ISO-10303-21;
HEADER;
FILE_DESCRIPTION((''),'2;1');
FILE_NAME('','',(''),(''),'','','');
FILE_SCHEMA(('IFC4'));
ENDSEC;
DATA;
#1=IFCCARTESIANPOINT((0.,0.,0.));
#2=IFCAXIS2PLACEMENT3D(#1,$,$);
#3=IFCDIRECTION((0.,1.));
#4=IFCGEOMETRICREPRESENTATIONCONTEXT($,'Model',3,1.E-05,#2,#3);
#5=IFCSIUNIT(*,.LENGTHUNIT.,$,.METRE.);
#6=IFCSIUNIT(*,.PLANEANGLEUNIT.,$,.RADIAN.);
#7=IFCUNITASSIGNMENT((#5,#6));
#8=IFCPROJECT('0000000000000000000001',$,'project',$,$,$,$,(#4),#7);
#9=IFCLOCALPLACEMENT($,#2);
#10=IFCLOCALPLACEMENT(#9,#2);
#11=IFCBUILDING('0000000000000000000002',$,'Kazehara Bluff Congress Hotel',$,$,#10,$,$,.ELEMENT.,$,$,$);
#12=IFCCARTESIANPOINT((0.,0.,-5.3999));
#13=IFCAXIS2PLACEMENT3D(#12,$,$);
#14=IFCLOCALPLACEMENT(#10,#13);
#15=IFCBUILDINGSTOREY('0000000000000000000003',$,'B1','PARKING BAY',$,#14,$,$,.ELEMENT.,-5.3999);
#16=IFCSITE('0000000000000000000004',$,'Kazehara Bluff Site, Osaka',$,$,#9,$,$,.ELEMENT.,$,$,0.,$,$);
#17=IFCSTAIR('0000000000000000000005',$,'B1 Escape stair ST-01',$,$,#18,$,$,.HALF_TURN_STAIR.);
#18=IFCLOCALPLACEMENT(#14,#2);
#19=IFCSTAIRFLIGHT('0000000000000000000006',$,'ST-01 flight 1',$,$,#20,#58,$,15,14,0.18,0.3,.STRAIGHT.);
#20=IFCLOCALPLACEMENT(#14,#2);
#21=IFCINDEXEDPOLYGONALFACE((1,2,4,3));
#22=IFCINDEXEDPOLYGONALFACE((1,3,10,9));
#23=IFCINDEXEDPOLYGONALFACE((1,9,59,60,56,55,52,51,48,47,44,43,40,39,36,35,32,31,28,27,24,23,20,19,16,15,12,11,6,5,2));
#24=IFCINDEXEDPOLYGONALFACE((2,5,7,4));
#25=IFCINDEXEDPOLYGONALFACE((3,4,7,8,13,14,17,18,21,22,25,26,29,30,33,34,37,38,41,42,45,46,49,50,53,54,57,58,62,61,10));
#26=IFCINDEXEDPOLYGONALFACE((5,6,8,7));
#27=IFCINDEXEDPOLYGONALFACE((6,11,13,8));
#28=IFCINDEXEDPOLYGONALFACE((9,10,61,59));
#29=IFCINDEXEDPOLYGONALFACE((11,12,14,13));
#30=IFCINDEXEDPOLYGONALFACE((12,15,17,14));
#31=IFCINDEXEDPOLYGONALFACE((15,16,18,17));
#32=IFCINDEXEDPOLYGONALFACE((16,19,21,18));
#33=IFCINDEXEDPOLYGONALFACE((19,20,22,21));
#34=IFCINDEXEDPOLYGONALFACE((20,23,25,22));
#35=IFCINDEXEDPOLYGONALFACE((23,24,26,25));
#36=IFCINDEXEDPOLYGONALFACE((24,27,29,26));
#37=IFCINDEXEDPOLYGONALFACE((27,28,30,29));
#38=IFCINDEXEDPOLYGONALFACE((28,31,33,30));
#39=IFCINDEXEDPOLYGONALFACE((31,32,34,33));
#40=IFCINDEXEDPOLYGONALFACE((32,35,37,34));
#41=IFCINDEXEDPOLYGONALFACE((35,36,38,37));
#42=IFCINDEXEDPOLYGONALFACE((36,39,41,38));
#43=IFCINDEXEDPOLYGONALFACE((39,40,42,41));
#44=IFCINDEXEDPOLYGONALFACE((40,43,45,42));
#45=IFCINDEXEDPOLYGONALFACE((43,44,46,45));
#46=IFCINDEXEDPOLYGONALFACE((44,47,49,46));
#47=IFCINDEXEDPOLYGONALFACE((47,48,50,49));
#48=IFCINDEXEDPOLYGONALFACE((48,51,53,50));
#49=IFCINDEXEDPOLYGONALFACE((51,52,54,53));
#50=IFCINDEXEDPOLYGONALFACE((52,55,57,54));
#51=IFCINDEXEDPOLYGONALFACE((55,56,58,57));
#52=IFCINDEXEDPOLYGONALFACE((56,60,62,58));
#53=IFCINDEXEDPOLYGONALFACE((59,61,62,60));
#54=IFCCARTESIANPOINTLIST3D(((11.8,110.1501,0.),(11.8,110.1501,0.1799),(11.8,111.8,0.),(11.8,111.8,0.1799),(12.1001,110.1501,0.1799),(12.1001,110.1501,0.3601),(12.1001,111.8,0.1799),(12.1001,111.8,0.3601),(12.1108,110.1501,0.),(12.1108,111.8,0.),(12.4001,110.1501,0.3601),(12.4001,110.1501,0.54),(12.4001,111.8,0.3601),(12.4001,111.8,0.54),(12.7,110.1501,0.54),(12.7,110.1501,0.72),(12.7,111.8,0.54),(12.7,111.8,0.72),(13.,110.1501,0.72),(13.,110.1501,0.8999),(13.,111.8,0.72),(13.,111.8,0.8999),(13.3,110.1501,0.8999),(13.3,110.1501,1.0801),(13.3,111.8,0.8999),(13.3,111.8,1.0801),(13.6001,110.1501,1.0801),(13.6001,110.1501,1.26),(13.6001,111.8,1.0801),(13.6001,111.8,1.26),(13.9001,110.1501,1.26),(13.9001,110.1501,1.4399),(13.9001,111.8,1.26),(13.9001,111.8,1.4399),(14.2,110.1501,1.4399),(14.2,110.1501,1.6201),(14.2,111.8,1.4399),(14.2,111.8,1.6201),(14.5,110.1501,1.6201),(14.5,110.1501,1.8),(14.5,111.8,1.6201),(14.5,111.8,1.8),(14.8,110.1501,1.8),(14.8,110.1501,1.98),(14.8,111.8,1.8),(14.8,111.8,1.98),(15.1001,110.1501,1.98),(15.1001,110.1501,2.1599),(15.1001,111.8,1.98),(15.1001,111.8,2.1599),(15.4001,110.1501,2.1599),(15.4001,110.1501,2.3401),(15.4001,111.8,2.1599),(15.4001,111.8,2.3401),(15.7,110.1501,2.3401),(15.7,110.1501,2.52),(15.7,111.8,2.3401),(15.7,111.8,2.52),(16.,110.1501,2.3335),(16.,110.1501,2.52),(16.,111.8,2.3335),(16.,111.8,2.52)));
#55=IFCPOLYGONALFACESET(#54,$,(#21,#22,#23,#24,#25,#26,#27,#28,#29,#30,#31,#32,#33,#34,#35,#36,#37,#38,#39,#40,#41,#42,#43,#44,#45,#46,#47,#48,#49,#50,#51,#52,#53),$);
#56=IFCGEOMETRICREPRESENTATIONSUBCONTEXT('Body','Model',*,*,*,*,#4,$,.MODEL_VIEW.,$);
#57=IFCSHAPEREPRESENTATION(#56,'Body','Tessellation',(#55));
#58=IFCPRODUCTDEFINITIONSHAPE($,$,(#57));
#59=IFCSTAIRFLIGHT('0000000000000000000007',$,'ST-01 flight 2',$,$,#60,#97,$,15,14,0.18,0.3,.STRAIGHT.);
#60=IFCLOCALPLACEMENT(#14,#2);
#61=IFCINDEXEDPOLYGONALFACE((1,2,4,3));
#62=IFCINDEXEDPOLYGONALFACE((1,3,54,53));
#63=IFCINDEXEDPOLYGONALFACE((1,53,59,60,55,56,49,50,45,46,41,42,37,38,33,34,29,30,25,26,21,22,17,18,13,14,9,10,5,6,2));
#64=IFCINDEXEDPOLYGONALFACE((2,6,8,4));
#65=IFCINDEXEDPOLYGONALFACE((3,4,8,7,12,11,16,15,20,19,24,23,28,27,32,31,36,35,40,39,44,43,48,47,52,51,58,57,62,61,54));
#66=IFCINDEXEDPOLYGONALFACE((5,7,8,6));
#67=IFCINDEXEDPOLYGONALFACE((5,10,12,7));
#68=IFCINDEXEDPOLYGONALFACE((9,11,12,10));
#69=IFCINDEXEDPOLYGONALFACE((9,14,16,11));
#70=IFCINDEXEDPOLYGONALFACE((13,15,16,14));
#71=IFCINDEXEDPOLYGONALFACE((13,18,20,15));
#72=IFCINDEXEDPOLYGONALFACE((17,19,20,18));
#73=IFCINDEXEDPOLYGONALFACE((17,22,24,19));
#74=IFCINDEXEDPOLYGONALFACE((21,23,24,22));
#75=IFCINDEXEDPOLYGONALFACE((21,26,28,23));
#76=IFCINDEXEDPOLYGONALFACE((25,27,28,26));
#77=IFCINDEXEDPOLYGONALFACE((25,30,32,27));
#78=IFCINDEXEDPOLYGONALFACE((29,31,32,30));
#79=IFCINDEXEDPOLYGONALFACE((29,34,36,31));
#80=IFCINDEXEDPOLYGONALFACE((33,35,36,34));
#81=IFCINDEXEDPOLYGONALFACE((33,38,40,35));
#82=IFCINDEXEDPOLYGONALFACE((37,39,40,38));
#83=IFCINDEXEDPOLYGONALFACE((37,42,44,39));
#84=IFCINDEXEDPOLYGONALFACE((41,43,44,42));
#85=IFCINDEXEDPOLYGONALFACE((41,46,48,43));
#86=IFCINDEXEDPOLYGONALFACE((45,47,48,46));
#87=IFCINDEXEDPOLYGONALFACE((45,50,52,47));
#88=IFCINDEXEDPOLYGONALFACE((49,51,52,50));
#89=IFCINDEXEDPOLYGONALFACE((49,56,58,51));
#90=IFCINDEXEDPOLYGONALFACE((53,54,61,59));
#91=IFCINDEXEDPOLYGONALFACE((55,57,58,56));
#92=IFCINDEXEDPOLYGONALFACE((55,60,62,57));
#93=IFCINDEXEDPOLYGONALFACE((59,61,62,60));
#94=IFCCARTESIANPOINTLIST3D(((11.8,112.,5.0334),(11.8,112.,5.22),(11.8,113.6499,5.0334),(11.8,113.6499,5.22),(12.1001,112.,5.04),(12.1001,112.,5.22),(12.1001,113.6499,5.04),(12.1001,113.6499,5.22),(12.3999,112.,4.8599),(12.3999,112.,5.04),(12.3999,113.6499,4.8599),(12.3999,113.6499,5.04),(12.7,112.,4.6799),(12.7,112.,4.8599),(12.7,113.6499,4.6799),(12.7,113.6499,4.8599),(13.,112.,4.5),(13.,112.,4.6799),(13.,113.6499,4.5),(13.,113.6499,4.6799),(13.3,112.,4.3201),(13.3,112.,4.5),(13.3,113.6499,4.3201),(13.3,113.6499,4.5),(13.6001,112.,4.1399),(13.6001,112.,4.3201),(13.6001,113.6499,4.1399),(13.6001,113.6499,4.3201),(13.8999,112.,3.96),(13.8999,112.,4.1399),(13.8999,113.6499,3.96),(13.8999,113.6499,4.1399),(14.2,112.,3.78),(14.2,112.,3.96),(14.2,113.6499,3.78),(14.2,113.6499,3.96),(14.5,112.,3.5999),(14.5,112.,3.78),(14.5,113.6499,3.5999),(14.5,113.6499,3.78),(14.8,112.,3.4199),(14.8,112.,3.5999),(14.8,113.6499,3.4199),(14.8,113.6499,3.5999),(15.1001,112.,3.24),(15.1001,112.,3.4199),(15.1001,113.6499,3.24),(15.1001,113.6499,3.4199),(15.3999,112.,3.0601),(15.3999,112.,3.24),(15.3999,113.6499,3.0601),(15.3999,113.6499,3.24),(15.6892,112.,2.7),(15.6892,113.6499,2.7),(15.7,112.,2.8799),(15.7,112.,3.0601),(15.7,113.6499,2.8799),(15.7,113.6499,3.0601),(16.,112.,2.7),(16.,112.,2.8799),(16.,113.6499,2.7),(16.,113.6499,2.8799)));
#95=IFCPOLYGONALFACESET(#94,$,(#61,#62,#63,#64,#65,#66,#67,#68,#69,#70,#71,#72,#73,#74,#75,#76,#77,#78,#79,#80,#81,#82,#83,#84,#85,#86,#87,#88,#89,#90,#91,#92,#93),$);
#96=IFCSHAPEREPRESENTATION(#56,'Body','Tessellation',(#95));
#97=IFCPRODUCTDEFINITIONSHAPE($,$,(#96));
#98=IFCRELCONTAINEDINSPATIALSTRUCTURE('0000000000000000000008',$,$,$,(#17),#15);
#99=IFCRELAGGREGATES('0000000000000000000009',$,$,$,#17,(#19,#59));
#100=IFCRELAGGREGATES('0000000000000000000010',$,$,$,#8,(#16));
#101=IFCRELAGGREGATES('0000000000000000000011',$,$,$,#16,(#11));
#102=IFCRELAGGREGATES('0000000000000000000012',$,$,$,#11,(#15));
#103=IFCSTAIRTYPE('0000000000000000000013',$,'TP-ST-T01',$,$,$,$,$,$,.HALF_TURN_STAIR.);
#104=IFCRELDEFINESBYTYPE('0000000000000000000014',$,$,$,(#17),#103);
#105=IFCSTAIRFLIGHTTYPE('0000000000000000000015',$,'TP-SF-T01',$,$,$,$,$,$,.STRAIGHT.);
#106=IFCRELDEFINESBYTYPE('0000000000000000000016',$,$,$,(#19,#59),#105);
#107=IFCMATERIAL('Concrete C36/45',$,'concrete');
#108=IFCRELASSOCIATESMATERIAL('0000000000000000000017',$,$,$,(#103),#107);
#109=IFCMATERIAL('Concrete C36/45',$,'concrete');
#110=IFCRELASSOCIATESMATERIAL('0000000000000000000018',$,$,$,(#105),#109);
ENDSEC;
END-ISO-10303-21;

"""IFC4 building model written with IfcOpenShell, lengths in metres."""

from ifc_helpers import new_model, si_unit, direction, frame, origin, place, context, subcontext, project, spatial, polyline, outline, extrude, material, type_object, element, aggregate, save


model = new_model("IFC4")

# Units and contexts
model_context = context("Model", 3, precision=1e-05, world=origin(), true_north=direction((0.0, 1.0)))
body_context = subcontext(model_context, "Body", "Model", "MODEL_VIEW")
ifc_project = project(units=[si_unit("LENGTHUNIT", "METRE"), si_unit("PLANEANGLEUNIT", "RADIAN")], contexts=[model_context])

# Site, building, storey
site_placement = place(None, origin())
site = spatial("IfcSite", under=ifc_project, at=site_placement, Name="Kazehara Bluff Site, Osaka", CompositionType="ELEMENT", RefElevation=0.0)
building_placement = place(site_placement, origin())
building = spatial("IfcBuilding", under=site, at=building_placement, Name="Kazehara Bluff Congress Hotel", CompositionType="ELEMENT")
storey_placement = place(building_placement, frame((0.0, 0.0, -5.3999)))
storey = spatial("IfcBuildingStorey", under=building, at=storey_placement, Name="B1", Description="PARKING BAY", CompositionType="ELEMENT", Elevation=-5.3999)

# Stair, stair flights
ifc_material_1 = material(Name="Concrete C36/45", Category="concrete")
stair_type = type_object("IfcStairType", Name="TP-ST-T01", PredefinedType="HALF_TURN_STAIR", material=ifc_material_1)
stair_placement = place(storey_placement, origin())
stair = element("IfcStair", 1, at=stair_placement, inside=storey, type_object=stair_type, Name="B1 Escape stair ST-01", PredefinedType="HALF_TURN_STAIR")
ifc_material_2 = material(Name="Concrete C36/45", Category="concrete")
stair_flight_type = type_object("IfcStairFlightType", Name="TP-SF-T01", PredefinedType="STRAIGHT", material=ifc_material_2)
stair_flight_1_placement = place(storey_placement, frame((11.8, 110.9751, 0.0), z_axis=(0.0, 0.0, 1.0), x_axis=(1.0, 0.0, 0.0)))
stair_flight_1 = element("IfcStairFlight", 2, at=stair_flight_1_placement, type_object=stair_flight_type, Name="ST-01 flight 1", NumberOfRisers=15, NumberOfTreads=14, PredefinedType="STRAIGHT", RiserHeight=0.18, TreadLength=0.3, context=body_context, shape_type="SweptSolid", body=[
    extrude(outline(polyline([(0.0, 0.0), (0.0, 0.1799), (0.3, 0.1799), (0.3, 0.3601), (0.6001, 0.3601), (0.6001, 0.54), (0.8999, 0.54), (0.8999, 0.72), (1.2, 0.72), (1.2, 0.8999), (1.5, 0.8999), (1.5, 1.0801), (1.8, 1.0801), (1.8, 1.26), (2.1001, 1.26), (2.1001, 1.4399), (2.3999, 1.4399), (2.3999, 1.6201), (2.7, 1.6201), (2.7, 1.8), (3.0, 1.8), (3.0, 1.98), (3.3, 1.98), (3.3, 2.1599), (3.6001, 2.1599), (3.6001, 2.3401), (3.8999, 2.3401), (3.8999, 2.52), (4.2, 2.52), (4.2, 2.7), (4.2, 2.3335), (0.3108, 0.0), (0.0, 0.0)])), frame((0.0, 0.825, 0.0), z_axis=(0.0, -1.0, 0.0), x_axis=(1.0, 0.0, 0.0)), (0.0, 0.0, 1.0), 1.6499),
])
stair_flight_2_placement = place(storey_placement, frame((16.0, 112.825, 2.7), z_axis=(0.0, 0.0, 1.0), x_axis=(-1.0, 0.0, 0.0)))
stair_flight_2 = element("IfcStairFlight", 3, at=stair_flight_2_placement, type_object=stair_flight_type, Name="ST-01 flight 2", NumberOfRisers=15, NumberOfTreads=14, PredefinedType="STRAIGHT", RiserHeight=0.18, TreadLength=0.3, context=body_context, shape_type="SweptSolid", body=[
    extrude(outline(polyline([(0.0, 0.0), (0.0, 0.1799), (0.3, 0.1799), (0.3, 0.3601), (0.6001, 0.3601), (0.6001, 0.54), (0.8999, 0.54), (0.8999, 0.72), (1.2, 0.72), (1.2, 0.8999), (1.5, 0.8999), (1.5, 1.0801), (1.8, 1.0801), (1.8, 1.26), (2.1001, 1.26), (2.1001, 1.4399), (2.3999, 1.4399), (2.3999, 1.6201), (2.7, 1.6201), (2.7, 1.8), (3.0, 1.8), (3.0, 1.98), (3.3, 1.98), (3.3, 2.1599), (3.6001, 2.1599), (3.6001, 2.3401), (3.8999, 2.3401), (3.8999, 2.52), (4.2, 2.52), (4.2, 2.7), (4.2, 2.3335), (0.3108, 0.0), (0.0, 0.0)])), frame((0.0, 0.825, 0.0), z_axis=(0.0, -1.0, 0.0), x_axis=(1.0, 0.0, 0.0)), (0.0, 0.0, 1.0), 1.6499),
])
aggregate(stair, [stair_flight_1, stair_flight_2])

save(model, "model.ifc")
